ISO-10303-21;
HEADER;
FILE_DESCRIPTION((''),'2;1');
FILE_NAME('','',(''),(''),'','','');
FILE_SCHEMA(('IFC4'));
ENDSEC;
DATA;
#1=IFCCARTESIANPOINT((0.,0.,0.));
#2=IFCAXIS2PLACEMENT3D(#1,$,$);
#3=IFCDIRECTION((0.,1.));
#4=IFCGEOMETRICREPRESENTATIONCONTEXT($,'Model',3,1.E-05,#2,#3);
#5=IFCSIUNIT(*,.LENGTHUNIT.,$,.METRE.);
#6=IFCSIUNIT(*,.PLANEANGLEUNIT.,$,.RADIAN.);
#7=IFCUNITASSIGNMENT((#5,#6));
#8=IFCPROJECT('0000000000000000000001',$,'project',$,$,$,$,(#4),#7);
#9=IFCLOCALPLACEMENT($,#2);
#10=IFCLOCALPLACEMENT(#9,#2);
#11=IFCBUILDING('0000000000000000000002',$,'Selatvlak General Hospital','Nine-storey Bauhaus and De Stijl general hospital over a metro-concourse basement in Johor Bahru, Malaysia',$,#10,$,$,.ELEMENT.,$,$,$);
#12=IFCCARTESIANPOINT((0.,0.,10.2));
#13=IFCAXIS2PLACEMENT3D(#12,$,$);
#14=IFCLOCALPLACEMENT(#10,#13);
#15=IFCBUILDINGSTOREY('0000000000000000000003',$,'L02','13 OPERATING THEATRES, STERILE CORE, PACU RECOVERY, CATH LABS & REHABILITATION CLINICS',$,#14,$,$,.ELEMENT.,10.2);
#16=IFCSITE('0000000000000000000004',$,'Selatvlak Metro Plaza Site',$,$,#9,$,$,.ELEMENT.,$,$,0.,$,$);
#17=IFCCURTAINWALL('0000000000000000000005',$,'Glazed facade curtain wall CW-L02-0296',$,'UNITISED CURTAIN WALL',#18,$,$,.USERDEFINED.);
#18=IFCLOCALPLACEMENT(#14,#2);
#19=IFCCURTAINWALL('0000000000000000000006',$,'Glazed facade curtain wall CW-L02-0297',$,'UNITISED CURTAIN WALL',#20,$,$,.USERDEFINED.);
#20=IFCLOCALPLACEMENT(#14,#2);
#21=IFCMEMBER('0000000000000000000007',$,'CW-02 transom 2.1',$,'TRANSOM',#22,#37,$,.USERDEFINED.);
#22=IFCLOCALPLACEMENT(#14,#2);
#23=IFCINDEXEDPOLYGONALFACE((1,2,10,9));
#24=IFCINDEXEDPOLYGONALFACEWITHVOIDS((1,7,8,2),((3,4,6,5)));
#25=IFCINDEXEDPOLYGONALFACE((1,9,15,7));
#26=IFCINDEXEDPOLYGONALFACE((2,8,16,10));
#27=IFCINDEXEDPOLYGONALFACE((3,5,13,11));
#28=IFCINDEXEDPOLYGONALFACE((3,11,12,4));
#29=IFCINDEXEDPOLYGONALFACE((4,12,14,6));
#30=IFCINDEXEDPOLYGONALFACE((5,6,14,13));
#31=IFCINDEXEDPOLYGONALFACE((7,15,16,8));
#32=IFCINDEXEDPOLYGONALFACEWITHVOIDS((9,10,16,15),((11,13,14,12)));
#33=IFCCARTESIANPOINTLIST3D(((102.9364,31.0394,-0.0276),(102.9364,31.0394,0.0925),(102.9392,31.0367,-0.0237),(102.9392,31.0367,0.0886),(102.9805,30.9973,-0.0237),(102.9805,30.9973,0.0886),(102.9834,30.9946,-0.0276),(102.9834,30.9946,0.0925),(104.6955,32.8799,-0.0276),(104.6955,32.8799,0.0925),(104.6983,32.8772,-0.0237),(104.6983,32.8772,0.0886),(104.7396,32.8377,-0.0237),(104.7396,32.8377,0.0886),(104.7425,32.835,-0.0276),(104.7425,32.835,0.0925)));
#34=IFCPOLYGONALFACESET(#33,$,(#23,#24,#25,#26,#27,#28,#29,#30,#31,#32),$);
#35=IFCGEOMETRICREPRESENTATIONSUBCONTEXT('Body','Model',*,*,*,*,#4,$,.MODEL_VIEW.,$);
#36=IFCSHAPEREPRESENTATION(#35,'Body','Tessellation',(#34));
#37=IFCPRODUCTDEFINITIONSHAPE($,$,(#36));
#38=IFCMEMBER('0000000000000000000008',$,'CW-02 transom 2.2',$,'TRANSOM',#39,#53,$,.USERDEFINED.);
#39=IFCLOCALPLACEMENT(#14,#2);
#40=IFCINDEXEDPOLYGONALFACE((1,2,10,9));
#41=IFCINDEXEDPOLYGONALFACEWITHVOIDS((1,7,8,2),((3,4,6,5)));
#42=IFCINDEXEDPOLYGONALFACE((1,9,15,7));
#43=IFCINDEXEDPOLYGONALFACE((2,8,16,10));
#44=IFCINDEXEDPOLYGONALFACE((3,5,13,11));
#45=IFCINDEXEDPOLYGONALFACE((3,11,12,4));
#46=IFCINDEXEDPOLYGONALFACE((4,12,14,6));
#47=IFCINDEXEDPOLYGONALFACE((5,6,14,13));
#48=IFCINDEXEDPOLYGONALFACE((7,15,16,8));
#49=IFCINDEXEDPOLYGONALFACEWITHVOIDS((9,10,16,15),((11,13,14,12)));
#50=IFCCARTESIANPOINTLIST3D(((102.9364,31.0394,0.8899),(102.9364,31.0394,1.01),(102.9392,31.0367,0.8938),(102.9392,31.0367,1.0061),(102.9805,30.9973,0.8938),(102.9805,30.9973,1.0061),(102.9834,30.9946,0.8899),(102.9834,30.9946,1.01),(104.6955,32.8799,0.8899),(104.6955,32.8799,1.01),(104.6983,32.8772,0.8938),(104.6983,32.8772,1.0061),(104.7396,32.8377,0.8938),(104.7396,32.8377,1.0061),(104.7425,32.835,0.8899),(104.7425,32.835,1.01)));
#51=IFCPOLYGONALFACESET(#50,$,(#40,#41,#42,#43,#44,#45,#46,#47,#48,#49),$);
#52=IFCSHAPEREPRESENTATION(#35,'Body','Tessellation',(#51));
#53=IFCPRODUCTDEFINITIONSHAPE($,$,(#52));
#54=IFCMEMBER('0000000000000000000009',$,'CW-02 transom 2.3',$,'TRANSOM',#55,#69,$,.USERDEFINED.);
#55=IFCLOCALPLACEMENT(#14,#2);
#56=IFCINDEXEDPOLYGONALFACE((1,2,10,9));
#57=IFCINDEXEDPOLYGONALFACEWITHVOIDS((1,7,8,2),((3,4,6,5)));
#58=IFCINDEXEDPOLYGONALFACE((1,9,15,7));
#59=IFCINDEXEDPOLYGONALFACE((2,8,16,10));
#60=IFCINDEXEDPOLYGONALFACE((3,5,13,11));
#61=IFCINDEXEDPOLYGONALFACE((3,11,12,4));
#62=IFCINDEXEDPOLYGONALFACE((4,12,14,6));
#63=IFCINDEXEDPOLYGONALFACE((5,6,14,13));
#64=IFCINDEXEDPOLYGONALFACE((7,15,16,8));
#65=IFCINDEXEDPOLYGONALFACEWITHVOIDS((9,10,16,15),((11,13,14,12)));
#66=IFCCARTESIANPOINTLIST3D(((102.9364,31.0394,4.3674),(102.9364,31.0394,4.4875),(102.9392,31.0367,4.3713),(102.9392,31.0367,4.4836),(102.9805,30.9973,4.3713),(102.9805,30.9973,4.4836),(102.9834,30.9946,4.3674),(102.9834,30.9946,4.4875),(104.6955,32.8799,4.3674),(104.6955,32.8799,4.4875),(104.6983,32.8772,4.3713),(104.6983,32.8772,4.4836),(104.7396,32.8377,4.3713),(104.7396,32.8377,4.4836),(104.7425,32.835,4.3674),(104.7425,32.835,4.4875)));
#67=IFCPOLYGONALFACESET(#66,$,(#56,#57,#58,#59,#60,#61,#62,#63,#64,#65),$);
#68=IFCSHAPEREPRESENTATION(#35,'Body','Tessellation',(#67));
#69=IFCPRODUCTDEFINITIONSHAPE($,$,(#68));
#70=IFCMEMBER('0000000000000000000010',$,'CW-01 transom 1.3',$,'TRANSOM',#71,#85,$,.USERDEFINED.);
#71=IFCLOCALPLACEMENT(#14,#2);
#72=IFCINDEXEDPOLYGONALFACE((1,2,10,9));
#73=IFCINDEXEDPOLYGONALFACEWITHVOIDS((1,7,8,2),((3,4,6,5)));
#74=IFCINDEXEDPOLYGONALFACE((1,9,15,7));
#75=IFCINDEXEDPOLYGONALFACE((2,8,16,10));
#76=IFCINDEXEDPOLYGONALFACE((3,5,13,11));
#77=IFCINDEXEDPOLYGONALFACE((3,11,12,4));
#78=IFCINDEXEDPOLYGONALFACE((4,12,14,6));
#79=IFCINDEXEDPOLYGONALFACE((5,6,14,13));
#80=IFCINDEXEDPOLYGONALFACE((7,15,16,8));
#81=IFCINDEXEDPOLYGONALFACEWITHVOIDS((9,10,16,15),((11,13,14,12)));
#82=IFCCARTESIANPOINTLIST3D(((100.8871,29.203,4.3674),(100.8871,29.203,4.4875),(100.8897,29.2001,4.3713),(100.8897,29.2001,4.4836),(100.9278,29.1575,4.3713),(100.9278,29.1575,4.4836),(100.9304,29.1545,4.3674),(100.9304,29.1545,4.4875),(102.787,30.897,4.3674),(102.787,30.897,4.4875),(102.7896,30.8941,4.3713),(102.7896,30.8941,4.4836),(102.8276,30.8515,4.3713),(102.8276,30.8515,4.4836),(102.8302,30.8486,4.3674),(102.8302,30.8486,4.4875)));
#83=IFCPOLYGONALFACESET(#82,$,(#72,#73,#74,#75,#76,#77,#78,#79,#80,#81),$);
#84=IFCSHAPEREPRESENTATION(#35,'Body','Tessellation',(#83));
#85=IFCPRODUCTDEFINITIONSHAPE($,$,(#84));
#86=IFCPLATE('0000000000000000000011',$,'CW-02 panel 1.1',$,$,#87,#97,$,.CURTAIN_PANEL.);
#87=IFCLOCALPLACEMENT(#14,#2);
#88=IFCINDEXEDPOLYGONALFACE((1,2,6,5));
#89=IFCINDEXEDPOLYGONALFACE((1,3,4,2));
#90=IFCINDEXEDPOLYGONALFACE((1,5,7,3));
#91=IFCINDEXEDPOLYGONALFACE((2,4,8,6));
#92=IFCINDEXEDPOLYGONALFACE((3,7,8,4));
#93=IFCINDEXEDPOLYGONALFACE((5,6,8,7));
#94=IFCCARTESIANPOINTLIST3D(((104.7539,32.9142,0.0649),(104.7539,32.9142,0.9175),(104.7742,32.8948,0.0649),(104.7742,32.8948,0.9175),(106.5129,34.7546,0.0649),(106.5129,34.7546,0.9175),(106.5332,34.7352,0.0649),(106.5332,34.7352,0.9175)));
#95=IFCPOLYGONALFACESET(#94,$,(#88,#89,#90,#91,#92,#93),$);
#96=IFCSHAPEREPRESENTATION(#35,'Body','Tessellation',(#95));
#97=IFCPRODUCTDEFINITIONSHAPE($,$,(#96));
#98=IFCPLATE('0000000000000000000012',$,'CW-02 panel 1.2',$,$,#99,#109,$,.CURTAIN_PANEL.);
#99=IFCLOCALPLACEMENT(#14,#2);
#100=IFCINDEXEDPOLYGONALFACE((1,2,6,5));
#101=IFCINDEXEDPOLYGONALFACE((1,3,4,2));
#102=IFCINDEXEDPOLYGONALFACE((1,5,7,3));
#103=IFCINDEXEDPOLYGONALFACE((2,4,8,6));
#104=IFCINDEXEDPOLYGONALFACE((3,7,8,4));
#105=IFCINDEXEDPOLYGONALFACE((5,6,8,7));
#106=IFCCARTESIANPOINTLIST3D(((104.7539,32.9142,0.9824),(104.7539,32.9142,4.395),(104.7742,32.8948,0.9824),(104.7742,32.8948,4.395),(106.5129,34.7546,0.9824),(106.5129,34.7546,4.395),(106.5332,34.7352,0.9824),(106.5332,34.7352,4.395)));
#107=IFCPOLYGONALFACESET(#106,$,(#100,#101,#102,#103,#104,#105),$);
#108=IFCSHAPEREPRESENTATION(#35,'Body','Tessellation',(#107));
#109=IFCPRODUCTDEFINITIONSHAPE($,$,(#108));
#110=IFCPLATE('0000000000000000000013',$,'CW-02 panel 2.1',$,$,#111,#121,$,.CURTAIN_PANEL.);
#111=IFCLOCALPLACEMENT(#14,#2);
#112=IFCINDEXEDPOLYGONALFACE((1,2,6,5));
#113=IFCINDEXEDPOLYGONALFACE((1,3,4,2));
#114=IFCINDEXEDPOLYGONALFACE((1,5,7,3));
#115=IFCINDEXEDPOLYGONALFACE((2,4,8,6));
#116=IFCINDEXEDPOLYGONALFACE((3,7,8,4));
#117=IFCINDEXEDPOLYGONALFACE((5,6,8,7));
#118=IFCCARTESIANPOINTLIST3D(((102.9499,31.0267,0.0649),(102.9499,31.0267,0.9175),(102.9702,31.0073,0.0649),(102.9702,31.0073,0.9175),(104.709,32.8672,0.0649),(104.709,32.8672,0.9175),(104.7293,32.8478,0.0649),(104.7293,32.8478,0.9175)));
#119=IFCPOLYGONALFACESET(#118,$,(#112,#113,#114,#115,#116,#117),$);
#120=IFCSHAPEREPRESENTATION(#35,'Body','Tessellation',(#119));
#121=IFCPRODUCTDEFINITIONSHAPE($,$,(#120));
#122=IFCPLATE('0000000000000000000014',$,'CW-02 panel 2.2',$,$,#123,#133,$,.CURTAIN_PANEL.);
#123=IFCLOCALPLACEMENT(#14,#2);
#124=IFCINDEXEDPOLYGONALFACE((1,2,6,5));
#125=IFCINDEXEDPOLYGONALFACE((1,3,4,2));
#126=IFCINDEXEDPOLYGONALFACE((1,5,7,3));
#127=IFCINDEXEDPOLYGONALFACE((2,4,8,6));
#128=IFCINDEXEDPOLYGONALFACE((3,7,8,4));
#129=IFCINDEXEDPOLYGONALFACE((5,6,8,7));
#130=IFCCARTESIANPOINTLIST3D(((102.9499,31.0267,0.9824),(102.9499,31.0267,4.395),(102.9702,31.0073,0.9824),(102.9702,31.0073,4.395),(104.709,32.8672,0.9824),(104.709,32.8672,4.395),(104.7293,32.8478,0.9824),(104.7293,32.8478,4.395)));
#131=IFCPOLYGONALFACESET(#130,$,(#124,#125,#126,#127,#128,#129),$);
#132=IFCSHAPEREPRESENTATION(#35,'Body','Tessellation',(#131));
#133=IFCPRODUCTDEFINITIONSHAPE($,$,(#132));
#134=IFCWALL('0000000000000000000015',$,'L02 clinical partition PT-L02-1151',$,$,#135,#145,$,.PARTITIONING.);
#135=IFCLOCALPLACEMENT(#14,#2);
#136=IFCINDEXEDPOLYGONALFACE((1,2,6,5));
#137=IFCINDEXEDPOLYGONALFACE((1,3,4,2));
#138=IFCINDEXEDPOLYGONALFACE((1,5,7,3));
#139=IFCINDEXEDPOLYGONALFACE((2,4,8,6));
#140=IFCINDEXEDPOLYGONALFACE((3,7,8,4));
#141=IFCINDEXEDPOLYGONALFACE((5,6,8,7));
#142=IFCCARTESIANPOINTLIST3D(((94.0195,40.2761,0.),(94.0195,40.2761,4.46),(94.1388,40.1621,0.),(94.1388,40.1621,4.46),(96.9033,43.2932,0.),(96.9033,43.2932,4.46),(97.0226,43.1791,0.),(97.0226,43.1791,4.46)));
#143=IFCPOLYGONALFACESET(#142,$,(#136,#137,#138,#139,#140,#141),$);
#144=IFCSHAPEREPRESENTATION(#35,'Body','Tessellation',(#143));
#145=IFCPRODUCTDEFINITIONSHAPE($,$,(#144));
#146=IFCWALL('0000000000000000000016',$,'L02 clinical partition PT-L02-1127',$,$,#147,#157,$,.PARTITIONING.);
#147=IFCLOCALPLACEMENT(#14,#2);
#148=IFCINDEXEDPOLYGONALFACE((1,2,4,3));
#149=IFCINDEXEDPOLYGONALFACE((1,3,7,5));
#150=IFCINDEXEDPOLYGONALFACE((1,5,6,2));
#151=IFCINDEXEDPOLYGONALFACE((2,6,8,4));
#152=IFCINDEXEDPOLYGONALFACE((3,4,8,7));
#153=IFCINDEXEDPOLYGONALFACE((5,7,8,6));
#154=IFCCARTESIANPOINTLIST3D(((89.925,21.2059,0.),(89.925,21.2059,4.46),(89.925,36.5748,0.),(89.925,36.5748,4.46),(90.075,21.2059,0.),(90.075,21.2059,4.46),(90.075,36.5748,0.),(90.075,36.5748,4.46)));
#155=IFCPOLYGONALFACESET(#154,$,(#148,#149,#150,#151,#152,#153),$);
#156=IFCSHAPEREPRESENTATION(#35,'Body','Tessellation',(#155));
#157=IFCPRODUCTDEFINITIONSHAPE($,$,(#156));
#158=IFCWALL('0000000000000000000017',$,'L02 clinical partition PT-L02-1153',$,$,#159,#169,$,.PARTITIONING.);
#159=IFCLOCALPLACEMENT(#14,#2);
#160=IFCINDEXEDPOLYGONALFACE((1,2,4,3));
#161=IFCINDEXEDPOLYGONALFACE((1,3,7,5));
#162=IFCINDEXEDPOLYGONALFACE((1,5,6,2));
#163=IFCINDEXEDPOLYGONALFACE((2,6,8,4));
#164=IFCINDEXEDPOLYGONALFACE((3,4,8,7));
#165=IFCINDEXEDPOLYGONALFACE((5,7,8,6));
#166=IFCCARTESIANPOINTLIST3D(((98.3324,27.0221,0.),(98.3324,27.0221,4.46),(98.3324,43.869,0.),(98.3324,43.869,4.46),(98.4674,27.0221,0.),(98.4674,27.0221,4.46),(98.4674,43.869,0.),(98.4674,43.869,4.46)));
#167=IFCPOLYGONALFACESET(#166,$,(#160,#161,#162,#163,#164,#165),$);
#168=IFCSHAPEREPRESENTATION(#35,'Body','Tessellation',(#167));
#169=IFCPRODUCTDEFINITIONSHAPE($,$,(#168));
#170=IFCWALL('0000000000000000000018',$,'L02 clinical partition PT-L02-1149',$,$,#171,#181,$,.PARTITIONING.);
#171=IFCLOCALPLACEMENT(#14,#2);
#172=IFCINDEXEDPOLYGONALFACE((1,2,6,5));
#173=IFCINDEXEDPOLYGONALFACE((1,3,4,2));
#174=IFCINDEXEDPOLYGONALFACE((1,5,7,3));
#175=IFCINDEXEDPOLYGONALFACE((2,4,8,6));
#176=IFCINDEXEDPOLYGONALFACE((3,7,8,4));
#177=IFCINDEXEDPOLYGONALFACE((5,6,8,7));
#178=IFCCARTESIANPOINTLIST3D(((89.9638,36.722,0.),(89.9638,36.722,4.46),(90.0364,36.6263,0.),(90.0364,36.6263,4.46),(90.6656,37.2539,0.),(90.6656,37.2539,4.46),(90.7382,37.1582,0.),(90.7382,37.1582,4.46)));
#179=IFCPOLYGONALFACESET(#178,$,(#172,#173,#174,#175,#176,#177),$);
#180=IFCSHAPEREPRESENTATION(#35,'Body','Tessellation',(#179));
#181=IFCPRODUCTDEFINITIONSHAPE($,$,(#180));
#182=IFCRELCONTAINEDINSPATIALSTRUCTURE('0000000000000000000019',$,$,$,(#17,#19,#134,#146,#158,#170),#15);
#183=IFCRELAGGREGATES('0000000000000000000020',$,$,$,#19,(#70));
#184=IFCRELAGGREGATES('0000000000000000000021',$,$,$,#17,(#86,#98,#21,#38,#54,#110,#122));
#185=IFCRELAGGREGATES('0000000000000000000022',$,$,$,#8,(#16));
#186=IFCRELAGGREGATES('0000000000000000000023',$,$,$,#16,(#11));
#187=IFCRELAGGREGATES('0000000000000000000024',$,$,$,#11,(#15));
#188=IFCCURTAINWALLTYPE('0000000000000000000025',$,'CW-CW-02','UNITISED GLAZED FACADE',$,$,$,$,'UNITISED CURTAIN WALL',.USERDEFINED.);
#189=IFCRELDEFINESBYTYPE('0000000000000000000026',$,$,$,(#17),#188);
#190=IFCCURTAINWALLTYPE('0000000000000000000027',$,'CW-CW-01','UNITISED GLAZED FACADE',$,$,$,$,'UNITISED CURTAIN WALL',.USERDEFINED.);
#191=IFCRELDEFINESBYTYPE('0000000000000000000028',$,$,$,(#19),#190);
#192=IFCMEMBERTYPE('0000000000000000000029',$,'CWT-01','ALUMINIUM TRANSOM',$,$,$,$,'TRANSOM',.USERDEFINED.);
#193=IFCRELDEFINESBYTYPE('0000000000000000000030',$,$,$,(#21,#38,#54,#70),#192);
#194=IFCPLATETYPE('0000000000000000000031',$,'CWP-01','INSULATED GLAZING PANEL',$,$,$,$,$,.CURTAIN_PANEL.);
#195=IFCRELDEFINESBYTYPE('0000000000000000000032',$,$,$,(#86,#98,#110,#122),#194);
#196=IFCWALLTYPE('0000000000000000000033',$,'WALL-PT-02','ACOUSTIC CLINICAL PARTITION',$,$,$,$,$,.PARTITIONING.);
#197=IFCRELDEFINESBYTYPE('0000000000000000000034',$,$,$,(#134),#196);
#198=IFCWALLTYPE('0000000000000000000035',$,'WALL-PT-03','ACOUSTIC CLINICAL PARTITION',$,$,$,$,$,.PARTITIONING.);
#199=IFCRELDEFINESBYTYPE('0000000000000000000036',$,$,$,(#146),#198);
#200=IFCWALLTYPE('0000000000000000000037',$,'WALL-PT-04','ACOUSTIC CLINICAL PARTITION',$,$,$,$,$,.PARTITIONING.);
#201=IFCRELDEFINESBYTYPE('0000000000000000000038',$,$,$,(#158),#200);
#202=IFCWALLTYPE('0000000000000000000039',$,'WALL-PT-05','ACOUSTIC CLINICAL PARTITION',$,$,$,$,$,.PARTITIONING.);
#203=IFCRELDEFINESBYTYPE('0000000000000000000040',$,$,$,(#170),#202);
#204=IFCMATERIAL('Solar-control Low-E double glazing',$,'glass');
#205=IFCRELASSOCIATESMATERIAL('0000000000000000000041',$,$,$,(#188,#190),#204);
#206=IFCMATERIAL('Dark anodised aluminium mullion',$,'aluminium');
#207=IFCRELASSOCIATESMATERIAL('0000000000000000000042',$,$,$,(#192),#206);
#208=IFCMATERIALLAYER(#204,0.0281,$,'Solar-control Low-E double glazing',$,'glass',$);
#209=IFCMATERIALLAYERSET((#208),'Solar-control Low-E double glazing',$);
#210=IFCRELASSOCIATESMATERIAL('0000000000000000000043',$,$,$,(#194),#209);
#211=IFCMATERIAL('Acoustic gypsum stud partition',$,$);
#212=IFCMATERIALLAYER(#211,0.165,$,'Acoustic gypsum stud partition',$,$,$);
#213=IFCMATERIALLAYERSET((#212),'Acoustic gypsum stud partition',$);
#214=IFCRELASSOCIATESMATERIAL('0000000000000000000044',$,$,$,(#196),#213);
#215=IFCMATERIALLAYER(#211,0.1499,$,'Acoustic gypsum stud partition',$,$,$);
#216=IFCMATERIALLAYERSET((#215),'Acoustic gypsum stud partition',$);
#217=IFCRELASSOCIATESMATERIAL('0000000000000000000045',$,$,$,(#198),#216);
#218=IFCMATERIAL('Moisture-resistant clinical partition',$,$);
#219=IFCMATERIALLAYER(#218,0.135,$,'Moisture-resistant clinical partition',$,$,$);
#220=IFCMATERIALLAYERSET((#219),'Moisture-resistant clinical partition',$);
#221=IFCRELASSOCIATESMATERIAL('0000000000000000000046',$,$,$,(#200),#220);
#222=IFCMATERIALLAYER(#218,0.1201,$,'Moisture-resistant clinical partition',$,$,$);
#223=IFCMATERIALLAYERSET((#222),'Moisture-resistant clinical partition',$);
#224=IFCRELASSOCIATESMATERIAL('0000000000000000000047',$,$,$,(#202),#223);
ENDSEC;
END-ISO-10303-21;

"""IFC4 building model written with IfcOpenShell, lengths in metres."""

from ifc_helpers import new_model, si_unit, direction, frame, frame_2d, origin, origin_2d, place, context, subcontext, project, spatial, rectangle, hollow_rectangle, extrude, material, layer, layer_set, material_profile, profile_set, type_object, element, aggregate, save


model = new_model("IFC4")

# Units and contexts
model_context = context("Model", 3, precision=1e-05, world=origin(), true_north=direction((0.0, 1.0)))
body_context = subcontext(model_context, "Body", "Model", "MODEL_VIEW")
ifc_project = project(units=[si_unit("LENGTHUNIT", "METRE"), si_unit("PLANEANGLEUNIT", "RADIAN")], contexts=[model_context])

# Site, building, storey
site_placement = place(None, origin())
site = spatial("IfcSite", under=ifc_project, at=site_placement, Name="Selatvlak Metro Plaza Site", CompositionType="ELEMENT", RefElevation=0.0)
building_placement = place(site_placement, origin())
building = spatial("IfcBuilding", under=site, at=building_placement, Name="Selatvlak General Hospital", Description="Nine-storey Bauhaus and De Stijl general hospital over a metro-concourse basement in Johor Bahru, Malaysia", CompositionType="ELEMENT")
storey_placement = place(building_placement, frame((0.0, 0.0, 10.2)))
storey = spatial("IfcBuildingStorey", under=building, at=storey_placement, Name="L02", Description="13 OPERATING THEATRES, STERILE CORE, PACU RECOVERY, CATH LABS & REHABILITATION CLINICS", CompositionType="ELEMENT", Elevation=10.2)

# Curtain wall
ifc_material_1 = material(Name="Solar-control Low-E double glazing", Category="glass")
curtain_wall_type_1 = type_object("IfcCurtainWallType", Name="CW-CW-02", Description="UNITISED GLAZED FACADE", ElementType="UNITISED CURTAIN WALL", PredefinedType="USERDEFINED", material=ifc_material_1)
curtain_wall_1_placement = place(storey_placement, origin())
curtain_wall_1 = element("IfcCurtainWall", 1, at=curtain_wall_1_placement, inside=storey, type_object=curtain_wall_type_1, Name="Glazed facade curtain wall CW-L02-0296", ObjectType="UNITISED CURTAIN WALL", PredefinedType="USERDEFINED")
ifc_material_2 = material(Name="Dark anodised aluminium mullion", Category="aluminium")

# Curtain wall
curtain_wall_type_2 = type_object("IfcCurtainWallType", Name="CW-CW-01", Description="UNITISED GLAZED FACADE", ElementType="UNITISED CURTAIN WALL", PredefinedType="USERDEFINED", material=ifc_material_1)
curtain_wall_2_placement = place(storey_placement, origin())
curtain_wall_2 = element("IfcCurtainWall", 2, at=curtain_wall_2_placement, inside=storey, type_object=curtain_wall_type_2, Name="Glazed facade curtain wall CW-L02-0297", ObjectType="UNITISED CURTAIN WALL", PredefinedType="USERDEFINED")

# Members
ifc_material_profile_1 = material_profile(ifc_material_2, hollow_rectangle(XDim=0.0649, YDim=0.1201, WallThickness=0.0039, at=origin_2d()), Name="AL-TRN 65x120x4")
ifc_profile_set_1 = profile_set([ifc_material_profile_1], Name="Dark anodised aluminium mullion")
member_type_1 = type_object("IfcMemberType", Name="CWT-01", Description="ALUMINIUM TRANSOM", ElementType="TRANSOM", PredefinedType="USERDEFINED", material=ifc_profile_set_1)
member_1_placement = place(storey_placement, frame((104.719, 32.8574, 0.0325), z_axis=(-0.690959, -0.722894, 0.0), x_axis=(0.722894, -0.690959, 0.0)))
member_1 = element("IfcMember", 3, at=member_1_placement, type_object=member_type_1, Name="CW-02 transom 2.1", ObjectType="TRANSOM", PredefinedType="USERDEFINED", context=body_context, shape_type="SweptSolid", body=[
    extrude(hollow_rectangle(XDim=0.0649, YDim=0.1201, WallThickness=0.0039, at=origin_2d()), origin(), (0.0, 0.0, 1.0), 2.5459),
])
member_2_placement = place(storey_placement, frame((104.719, 32.8574, 0.95), z_axis=(-0.690959, -0.722894, 0.0), x_axis=(0.722894, -0.690959, 0.0)))
member_2 = element("IfcMember", 4, at=member_2_placement, type_object=member_type_1, Name="CW-02 transom 2.2", ObjectType="TRANSOM", PredefinedType="USERDEFINED", context=body_context, shape_type="SweptSolid", body=[
    extrude(hollow_rectangle(XDim=0.0649, YDim=0.1201, WallThickness=0.0039, at=origin_2d()), origin(), (0.0, 0.0, 1.0), 2.5459),
])
member_3_placement = place(storey_placement, frame((104.719, 32.8574, 4.4275), z_axis=(-0.690959, -0.722894, 0.0), x_axis=(0.722894, -0.690959, 0.0)))
member_3 = element("IfcMember", 5, at=member_3_placement, type_object=member_type_1, Name="CW-02 transom 2.3", ObjectType="TRANSOM", PredefinedType="USERDEFINED", context=body_context, shape_type="SweptSolid", body=[
    extrude(hollow_rectangle(XDim=0.0649, YDim=0.1201, WallThickness=0.0039, at=origin_2d()), origin(), (0.0, 0.0, 1.0), 2.5459),
])
member_4_placement = place(storey_placement, frame((102.8086, 30.8728, 4.4275), z_axis=(-0.746377, -0.665524, 0.0), x_axis=(0.665524, -0.746377, 0.0)))
member_4 = element("IfcMember", 6, at=member_4_placement, type_object=member_type_1, Name="CW-01 transom 1.3", ObjectType="TRANSOM", PredefinedType="USERDEFINED", context=body_context, shape_type="SweptSolid", body=[
    extrude(hollow_rectangle(XDim=0.0649, YDim=0.1201, WallThickness=0.0039, at=origin_2d()), origin(), (0.0, 0.0, 1.0), 2.5454),
])
aggregate(curtain_wall_2, [member_4])

# Plates
ifc_layer_1 = layer(ifc_material_1, 0.0281, Name="Solar-control Low-E double glazing", Category="glass")
ifc_layer_set_1 = layer_set([ifc_layer_1], Name="Solar-control Low-E double glazing")
plate_type = type_object("IfcPlateType", Name="CWP-01", Description="INSULATED GLAZING PANEL", PredefinedType="CURTAIN_PANEL", material=ifc_layer_set_1)
plate_1_placement = place(storey_placement, frame((105.6436, 33.8247, 0.0649), z_axis=(0.0, 0.0, 1.0), x_axis=(-0.690943, -0.722909, 0.0)))
plate_1 = element("IfcPlate", 7, at=plate_1_placement, type_object=plate_type, Name="CW-02 panel 1.1", PredefinedType="CURTAIN_PANEL", context=body_context, shape_type="SweptSolid", body=[
    extrude(rectangle(XDim=2.5459, YDim=0.0281, at=origin_2d()), origin(), (0.0, 0.0, 1.0), 0.8525),
])
plate_2_placement = place(storey_placement, frame((105.6436, 33.8247, 0.9824), z_axis=(0.0, 0.0, 1.0), x_axis=(-0.690943, -0.722909, 0.0)))
plate_2 = element("IfcPlate", 8, at=plate_2_placement, type_object=plate_type, Name="CW-02 panel 1.2", PredefinedType="CURTAIN_PANEL", context=body_context, shape_type="SweptSolid", body=[
    extrude(rectangle(XDim=2.5459, YDim=0.0281, at=origin_2d()), origin(), (0.0, 0.0, 1.0), 3.4126),
])
plate_3_placement = place(storey_placement, frame((103.8396, 31.9373, 0.0649), z_axis=(0.0, 0.0, 1.0), x_axis=(-0.690943, -0.722909, 0.0)))
plate_3 = element("IfcPlate", 9, at=plate_3_placement, type_object=plate_type, Name="CW-02 panel 2.1", PredefinedType="CURTAIN_PANEL", context=body_context, shape_type="SweptSolid", body=[
    extrude(rectangle(XDim=2.5459, YDim=0.0281, at=origin_2d()), origin(), (0.0, 0.0, 1.0), 0.8525),
])
plate_4_placement = place(storey_placement, frame((103.8396, 31.9373, 0.9824), z_axis=(0.0, 0.0, 1.0), x_axis=(-0.690943, -0.722909, 0.0)))
plate_4 = element("IfcPlate", 10, at=plate_4_placement, type_object=plate_type, Name="CW-02 panel 2.2", PredefinedType="CURTAIN_PANEL", context=body_context, shape_type="SweptSolid", body=[
    extrude(rectangle(XDim=2.5459, YDim=0.0281, at=origin_2d()), origin(), (0.0, 0.0, 1.0), 3.4126),
])
aggregate(curtain_wall_1, [plate_1, plate_2, member_1, member_2, member_3, plate_3, plate_4])

# Shared definitions
ifc_material_3 = material(Name="Acoustic gypsum stud partition")

# Walls
ifc_layer_2 = layer(ifc_material_3, 0.165, Name="Acoustic gypsum stud partition")
ifc_layer_set_2 = layer_set([ifc_layer_2], Name="Acoustic gypsum stud partition")
wall_type_1 = type_object("IfcWallType", Name="WALL-PT-02", Description="ACOUSTIC CLINICAL PARTITION", PredefinedType="PARTITIONING", material=ifc_layer_set_2)
wall_1_placement = place(storey_placement, frame((94.0791, 40.219, 0.0), z_axis=(0.0, 0.0, 1.0), x_axis=(0.690957, 0.722896, 0.0)))
element("IfcWall", 11, at=wall_1_placement, inside=storey, type_object=wall_type_1, Name="L02 clinical partition PT-L02-1151", PredefinedType="PARTITIONING", context=body_context, shape_type="SweptSolid", body=[
    extrude(rectangle(XDim=4.1736, YDim=0.165, at=frame_2d((2.0869, 0.0))), origin(), (0.0, 0.0, 1.0), 4.46),
])
ifc_layer_3 = layer(ifc_material_3, 0.1499, Name="Acoustic gypsum stud partition")
ifc_layer_set_3 = layer_set([ifc_layer_3], Name="Acoustic gypsum stud partition")
wall_type_2 = type_object("IfcWallType", Name="WALL-PT-03", Description="ACOUSTIC CLINICAL PARTITION", PredefinedType="PARTITIONING", material=ifc_layer_set_3)
wall_2_placement = place(storey_placement, frame((90.0, 36.575, 0.0), z_axis=(0.0, 0.0, 1.0), x_axis=(0.0, -1.0, 0.0)))
element("IfcWall", 12, at=wall_2_placement, inside=storey, type_object=wall_type_2, Name="L02 clinical partition PT-L02-1127", PredefinedType="PARTITIONING", context=body_context, shape_type="SweptSolid", body=[
    extrude(rectangle(XDim=15.3689, YDim=0.1499, at=frame_2d((7.6846, 0.0))), origin(), (0.0, 0.0, 1.0), 4.46),
])
ifc_material_4 = material(Name="Moisture-resistant clinical partition")
ifc_layer_4 = layer(ifc_material_4, 0.135, Name="Moisture-resistant clinical partition")
ifc_layer_set_4 = layer_set([ifc_layer_4], Name="Moisture-resistant clinical partition")
wall_type_3 = type_object("IfcWallType", Name="WALL-PT-04", Description="ACOUSTIC CLINICAL PARTITION", PredefinedType="PARTITIONING", material=ifc_layer_set_4)
wall_3_placement = place(storey_placement, frame((98.3999, 43.8689, 0.0), z_axis=(0.0, 0.0, 1.0), x_axis=(0.0, -1.0, 0.0)))
element("IfcWall", 13, at=wall_3_placement, inside=storey, type_object=wall_type_3, Name="L02 clinical partition PT-L02-1153", PredefinedType="PARTITIONING", context=body_context, shape_type="SweptSolid", body=[
    extrude(rectangle(XDim=16.8469, YDim=0.135, at=frame_2d((8.4233, 0.0))), origin(), (0.0, 0.0, 1.0), 4.46),
])
ifc_layer_5 = layer(ifc_material_4, 0.1201, Name="Moisture-resistant clinical partition")
ifc_layer_set_5 = layer_set([ifc_layer_5], Name="Moisture-resistant clinical partition")
wall_type_4 = type_object("IfcWallType", Name="WALL-PT-05", Description="ACOUSTIC CLINICAL PARTITION", PredefinedType="PARTITIONING", material=ifc_layer_set_5)
wall_4_placement = place(storey_placement, frame((90.0, 36.6741, 0.0), z_axis=(0.0, 0.0, 1.0), x_axis=(0.796963, 0.604028, 0.0)))
element("IfcWall", 14, at=wall_4_placement, inside=storey, type_object=wall_type_4, Name="L02 clinical partition PT-L02-1149", PredefinedType="PARTITIONING", context=body_context, shape_type="SweptSolid", body=[
    extrude(rectangle(XDim=0.8806, YDim=0.1201, at=frame_2d((0.4404, 0.0))), origin(), (0.0, 0.0, 1.0), 4.46),
])

save(model, "model.ifc")
